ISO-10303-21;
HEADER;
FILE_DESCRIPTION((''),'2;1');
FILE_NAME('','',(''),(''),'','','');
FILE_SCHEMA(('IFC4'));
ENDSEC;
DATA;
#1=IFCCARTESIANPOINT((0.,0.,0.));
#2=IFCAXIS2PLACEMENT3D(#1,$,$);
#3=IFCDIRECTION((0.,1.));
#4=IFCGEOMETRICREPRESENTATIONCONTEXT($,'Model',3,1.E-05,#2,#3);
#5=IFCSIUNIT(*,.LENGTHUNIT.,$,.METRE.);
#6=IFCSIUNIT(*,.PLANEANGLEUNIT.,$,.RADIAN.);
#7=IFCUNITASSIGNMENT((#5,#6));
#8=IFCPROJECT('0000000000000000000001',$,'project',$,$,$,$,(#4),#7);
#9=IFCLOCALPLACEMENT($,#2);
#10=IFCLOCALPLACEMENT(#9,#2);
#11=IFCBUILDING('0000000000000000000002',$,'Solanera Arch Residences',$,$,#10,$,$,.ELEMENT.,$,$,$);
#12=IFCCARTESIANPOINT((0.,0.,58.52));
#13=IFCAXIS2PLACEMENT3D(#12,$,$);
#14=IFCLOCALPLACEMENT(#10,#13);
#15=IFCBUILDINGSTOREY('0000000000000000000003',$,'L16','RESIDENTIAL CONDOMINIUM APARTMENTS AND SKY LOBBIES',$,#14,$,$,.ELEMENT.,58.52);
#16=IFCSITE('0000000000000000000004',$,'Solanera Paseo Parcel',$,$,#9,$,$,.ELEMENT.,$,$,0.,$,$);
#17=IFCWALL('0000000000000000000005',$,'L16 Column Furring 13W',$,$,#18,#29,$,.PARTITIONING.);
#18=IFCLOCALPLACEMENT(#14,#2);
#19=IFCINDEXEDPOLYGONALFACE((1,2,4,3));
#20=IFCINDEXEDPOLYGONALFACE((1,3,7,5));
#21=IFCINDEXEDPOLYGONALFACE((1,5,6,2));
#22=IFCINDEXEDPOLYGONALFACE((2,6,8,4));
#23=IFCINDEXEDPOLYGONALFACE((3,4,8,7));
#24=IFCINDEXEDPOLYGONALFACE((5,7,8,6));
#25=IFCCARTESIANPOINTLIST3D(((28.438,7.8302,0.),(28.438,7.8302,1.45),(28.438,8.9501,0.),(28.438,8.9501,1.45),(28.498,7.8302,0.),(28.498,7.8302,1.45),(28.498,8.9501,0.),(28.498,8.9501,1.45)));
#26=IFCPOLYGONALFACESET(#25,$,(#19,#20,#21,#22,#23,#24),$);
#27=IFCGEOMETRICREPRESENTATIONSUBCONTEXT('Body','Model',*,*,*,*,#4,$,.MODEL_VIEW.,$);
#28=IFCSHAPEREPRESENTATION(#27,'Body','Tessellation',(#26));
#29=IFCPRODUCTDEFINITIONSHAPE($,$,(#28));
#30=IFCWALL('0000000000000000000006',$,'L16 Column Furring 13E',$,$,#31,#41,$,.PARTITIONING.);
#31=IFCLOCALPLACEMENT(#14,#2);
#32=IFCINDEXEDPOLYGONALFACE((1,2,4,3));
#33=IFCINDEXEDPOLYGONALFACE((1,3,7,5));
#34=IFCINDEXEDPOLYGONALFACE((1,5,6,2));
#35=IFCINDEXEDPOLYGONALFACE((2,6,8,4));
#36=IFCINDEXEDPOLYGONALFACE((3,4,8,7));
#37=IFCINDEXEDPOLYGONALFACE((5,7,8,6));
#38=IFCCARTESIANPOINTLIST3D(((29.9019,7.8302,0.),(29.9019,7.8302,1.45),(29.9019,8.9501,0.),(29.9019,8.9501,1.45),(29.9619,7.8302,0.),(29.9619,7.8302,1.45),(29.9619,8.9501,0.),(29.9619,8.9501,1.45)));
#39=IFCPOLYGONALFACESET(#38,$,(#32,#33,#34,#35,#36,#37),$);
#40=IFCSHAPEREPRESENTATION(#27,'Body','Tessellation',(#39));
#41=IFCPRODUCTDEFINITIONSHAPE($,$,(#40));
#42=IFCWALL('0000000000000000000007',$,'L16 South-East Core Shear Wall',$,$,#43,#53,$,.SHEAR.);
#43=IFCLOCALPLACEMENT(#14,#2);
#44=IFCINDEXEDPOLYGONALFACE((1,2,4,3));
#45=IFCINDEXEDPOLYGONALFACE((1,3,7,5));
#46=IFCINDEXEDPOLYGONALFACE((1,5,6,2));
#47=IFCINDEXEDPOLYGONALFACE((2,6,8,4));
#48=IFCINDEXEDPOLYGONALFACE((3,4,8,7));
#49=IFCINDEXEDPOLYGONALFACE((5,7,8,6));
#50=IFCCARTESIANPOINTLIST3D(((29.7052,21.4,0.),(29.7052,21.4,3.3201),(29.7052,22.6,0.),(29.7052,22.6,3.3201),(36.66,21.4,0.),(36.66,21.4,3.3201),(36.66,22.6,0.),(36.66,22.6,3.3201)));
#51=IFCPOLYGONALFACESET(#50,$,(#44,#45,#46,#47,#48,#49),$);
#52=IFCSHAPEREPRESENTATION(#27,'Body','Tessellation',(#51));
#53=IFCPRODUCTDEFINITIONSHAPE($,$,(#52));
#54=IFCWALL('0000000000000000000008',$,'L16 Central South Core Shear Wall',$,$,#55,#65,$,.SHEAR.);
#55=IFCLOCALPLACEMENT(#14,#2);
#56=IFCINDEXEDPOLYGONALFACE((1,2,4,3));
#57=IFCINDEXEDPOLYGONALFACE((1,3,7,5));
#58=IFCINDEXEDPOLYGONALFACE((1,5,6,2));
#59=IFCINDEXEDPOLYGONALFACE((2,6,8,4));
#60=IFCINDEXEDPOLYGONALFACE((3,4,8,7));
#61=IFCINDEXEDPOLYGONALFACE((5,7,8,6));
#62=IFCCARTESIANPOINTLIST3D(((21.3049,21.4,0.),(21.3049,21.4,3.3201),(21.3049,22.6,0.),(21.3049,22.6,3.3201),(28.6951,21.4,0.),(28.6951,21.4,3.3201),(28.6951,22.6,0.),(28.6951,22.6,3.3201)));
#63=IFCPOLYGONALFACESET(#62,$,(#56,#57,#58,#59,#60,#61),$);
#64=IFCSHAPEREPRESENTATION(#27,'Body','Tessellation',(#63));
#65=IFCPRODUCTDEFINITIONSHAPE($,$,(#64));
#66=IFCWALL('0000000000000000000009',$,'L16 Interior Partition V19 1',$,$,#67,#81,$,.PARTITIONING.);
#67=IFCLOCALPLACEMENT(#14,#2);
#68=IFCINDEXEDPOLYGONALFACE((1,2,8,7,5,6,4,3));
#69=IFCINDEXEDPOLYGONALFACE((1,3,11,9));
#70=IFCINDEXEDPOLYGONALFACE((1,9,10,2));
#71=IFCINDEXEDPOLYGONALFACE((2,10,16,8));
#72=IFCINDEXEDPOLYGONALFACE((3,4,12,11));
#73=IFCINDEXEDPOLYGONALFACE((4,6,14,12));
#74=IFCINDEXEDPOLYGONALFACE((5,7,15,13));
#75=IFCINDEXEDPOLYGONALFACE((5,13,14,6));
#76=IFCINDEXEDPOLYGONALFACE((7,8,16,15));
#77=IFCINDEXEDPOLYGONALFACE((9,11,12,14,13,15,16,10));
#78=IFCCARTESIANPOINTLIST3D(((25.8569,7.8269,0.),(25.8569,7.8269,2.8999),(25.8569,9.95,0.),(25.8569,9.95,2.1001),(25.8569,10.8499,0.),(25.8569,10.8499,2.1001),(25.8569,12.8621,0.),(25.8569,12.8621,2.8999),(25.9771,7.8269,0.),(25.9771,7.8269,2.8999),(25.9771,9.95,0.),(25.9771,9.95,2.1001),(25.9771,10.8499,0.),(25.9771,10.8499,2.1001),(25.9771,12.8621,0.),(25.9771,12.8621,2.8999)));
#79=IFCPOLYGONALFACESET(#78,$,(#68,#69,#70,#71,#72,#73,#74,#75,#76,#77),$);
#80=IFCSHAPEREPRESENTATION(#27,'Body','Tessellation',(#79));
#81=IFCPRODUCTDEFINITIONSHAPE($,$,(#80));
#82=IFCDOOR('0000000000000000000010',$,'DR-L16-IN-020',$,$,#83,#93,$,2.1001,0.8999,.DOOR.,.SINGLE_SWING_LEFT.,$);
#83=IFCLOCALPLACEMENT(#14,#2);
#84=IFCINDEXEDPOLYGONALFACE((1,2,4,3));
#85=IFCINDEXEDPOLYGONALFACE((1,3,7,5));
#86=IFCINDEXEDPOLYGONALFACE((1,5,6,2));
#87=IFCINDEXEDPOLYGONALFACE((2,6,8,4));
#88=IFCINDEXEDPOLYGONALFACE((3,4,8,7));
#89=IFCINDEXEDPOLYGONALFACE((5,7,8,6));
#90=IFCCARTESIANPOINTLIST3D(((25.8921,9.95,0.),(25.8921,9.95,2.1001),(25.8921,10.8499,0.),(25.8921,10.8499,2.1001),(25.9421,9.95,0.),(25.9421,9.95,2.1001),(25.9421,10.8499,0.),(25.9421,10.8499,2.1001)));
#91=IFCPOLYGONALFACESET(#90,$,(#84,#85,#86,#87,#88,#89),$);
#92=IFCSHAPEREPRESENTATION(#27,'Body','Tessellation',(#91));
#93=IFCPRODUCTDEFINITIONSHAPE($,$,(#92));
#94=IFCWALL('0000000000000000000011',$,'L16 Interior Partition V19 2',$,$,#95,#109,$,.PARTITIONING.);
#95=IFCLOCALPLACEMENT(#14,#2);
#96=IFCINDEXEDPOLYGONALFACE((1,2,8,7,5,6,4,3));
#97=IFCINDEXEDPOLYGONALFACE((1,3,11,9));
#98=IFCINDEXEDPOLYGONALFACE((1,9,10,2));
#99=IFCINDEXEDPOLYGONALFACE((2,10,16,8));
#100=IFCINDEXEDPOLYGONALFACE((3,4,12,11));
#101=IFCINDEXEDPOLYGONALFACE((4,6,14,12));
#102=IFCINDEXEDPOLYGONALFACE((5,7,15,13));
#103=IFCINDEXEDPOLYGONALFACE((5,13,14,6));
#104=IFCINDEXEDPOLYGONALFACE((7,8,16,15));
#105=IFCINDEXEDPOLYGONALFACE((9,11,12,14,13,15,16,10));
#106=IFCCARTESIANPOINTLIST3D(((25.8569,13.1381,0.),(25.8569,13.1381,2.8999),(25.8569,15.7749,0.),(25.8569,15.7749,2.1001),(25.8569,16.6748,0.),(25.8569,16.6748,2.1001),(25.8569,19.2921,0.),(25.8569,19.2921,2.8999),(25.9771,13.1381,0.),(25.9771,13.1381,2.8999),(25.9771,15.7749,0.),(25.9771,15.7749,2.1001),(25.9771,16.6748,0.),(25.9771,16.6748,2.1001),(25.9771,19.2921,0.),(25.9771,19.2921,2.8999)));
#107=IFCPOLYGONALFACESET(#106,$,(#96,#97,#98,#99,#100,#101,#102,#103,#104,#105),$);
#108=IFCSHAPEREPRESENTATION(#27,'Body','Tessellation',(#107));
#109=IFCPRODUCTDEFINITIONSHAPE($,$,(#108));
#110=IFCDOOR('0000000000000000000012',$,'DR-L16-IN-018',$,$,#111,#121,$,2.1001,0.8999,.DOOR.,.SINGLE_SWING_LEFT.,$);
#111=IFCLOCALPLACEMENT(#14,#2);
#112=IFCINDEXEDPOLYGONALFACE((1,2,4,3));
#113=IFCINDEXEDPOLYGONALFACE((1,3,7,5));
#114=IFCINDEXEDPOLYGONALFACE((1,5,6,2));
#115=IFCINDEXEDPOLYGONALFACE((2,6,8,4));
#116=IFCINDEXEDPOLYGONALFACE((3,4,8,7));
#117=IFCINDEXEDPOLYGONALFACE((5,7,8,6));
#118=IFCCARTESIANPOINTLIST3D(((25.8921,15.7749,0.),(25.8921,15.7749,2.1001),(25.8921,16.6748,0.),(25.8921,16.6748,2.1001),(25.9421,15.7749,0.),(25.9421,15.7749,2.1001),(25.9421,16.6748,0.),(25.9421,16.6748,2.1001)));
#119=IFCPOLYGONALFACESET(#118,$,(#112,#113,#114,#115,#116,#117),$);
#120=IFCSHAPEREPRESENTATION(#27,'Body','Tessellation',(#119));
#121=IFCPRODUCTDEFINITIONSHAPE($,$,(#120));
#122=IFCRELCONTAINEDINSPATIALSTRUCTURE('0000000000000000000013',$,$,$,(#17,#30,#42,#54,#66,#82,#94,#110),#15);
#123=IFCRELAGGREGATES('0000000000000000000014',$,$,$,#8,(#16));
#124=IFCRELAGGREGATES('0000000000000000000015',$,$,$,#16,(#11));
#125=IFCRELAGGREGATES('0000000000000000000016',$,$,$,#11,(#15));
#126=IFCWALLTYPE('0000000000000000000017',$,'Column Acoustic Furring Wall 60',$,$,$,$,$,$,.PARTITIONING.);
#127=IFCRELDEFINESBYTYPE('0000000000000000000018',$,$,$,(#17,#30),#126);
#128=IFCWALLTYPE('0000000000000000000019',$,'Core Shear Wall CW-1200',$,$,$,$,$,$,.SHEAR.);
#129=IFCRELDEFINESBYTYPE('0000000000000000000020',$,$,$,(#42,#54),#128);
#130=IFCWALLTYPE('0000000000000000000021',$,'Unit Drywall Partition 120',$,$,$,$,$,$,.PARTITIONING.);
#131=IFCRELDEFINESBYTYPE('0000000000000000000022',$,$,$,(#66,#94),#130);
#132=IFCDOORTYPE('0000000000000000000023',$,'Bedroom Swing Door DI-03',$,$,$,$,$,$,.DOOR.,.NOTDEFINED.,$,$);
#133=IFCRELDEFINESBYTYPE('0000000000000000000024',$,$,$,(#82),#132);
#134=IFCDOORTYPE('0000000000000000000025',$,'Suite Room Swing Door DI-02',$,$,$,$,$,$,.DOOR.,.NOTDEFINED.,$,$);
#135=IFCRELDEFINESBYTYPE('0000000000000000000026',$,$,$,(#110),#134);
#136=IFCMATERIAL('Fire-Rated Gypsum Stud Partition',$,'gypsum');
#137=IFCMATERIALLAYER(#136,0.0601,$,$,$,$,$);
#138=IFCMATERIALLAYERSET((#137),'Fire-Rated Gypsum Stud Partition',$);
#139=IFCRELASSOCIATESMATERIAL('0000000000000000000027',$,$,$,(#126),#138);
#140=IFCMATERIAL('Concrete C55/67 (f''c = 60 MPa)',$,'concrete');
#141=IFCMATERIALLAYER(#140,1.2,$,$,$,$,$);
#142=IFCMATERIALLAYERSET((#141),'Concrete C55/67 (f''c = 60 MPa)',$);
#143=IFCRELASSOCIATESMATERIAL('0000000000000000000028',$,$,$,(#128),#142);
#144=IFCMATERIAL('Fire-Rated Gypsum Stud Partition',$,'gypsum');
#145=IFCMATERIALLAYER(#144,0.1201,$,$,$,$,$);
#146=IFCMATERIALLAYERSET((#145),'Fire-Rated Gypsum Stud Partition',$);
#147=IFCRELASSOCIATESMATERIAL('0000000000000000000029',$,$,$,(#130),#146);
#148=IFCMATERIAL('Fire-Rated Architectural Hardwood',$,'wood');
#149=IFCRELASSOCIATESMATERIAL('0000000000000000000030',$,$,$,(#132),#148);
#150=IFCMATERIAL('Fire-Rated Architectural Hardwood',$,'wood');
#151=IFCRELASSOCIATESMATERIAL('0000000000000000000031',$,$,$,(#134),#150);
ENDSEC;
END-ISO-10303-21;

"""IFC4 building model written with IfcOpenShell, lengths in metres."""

from ifc_helpers import new_model, si_unit, direction, frame, frame_2d, origin, place, context, subcontext, project, spatial, rectangle, extrude, material, layer, layer_set, type_object, element, fill, save


model = new_model("IFC4")

# Units and contexts
model_context = context("Model", 3, precision=1e-05, world=origin(), true_north=direction((0.0, 1.0)))
body_context = subcontext(model_context, "Body", "Model", "MODEL_VIEW")
ifc_project = project(units=[si_unit("LENGTHUNIT", "METRE"), si_unit("PLANEANGLEUNIT", "RADIAN")], contexts=[model_context])

# Site, building, storey
site_placement = place(None, origin())
site = spatial("IfcSite", under=ifc_project, at=site_placement, Name="Solanera Paseo Parcel", CompositionType="ELEMENT", RefElevation=0.0)
building_placement = place(site_placement, origin())
building = spatial("IfcBuilding", under=site, at=building_placement, Name="Solanera Arch Residences", CompositionType="ELEMENT")
storey_placement = place(building_placement, frame((0.0, 0.0, 58.52)))
storey = spatial("IfcBuildingStorey", under=building, at=storey_placement, Name="L16", Description="RESIDENTIAL CONDOMINIUM APARTMENTS AND SKY LOBBIES", CompositionType="ELEMENT", Elevation=58.52)

# Walls
ifc_material_1 = material(Name="Fire-Rated Gypsum Stud Partition", Category="gypsum")
ifc_layer_1 = layer(ifc_material_1, 0.0601)
ifc_layer_set_1 = layer_set([ifc_layer_1], Name="Fire-Rated Gypsum Stud Partition")
wall_type_1 = type_object("IfcWallType", Name="Column Acoustic Furring Wall 60", PredefinedType="PARTITIONING", material=ifc_layer_set_1)
for number, where, z_axis, x_axis, name in (
    (1, (28.468, 7.8301, 0.0), (0.0, 0.0, 1.0), (0.0, 1.0, 0.0), "L16 Column Furring 13W"),
    (2, (29.9319, 7.8301, 0.0), (0.0, 0.0, 1.0), (0.0, 1.0, 0.0), "L16 Column Furring 13E"),
):
    element("IfcWall", number, at=place(storey_placement, frame(where, z_axis=z_axis, x_axis=x_axis)), inside=storey, type_object=wall_type_1, Name=name, PredefinedType="PARTITIONING", context=body_context, shape_type="SweptSolid", body=[
        extrude(rectangle(XDim=1.1199, YDim=0.0601, at=frame_2d((0.5601, 0.0))), origin(), (0.0, 0.0, 1.0), 1.45),
    ])
ifc_material_2 = material(Name="Concrete C55/67 (f'c = 60 MPa)", Category="concrete")
ifc_layer_2 = layer(ifc_material_2, 1.2)
ifc_layer_set_2 = layer_set([ifc_layer_2], Name="Concrete C55/67 (f'c = 60 MPa)")
wall_type_2 = type_object("IfcWallType", Name="Core Shear Wall CW-1200", PredefinedType="SHEAR", material=ifc_layer_set_2)
wall_1_placement = place(storey_placement, frame((29.7051, 22.0, 0.0), z_axis=(0.0, 0.0, 1.0), x_axis=(1.0, 0.0, 0.0)))
element("IfcWall", 3, at=wall_1_placement, inside=storey, type_object=wall_type_2, Name="L16 South-East Core Shear Wall", PredefinedType="SHEAR", context=body_context, shape_type="SweptSolid", body=[
    extrude(rectangle(XDim=6.9548, YDim=1.2, at=frame_2d((3.4775, 0.0))), origin(), (0.0, 0.0, 1.0), 3.3201),
])
wall_2_placement = place(storey_placement, frame((21.3049, 22.0, 0.0), z_axis=(0.0, 0.0, 1.0), x_axis=(1.0, 0.0, 0.0)))
element("IfcWall", 4, at=wall_2_placement, inside=storey, type_object=wall_type_2, Name="L16 Central South Core Shear Wall", PredefinedType="SHEAR", context=body_context, shape_type="SweptSolid", body=[
    extrude(rectangle(XDim=7.3901, YDim=1.2, at=frame_2d((3.6951, 0.0))), origin(), (0.0, 0.0, 1.0), 3.3201),
])

# Walls, openings, doors
ifc_material_3 = material(Name="Fire-Rated Gypsum Stud Partition", Category="gypsum")
ifc_layer_3 = layer(ifc_material_3, 0.1201)
ifc_layer_set_3 = layer_set([ifc_layer_3], Name="Fire-Rated Gypsum Stud Partition")
wall_type_3 = type_object("IfcWallType", Name="Unit Drywall Partition 120", PredefinedType="PARTITIONING", material=ifc_layer_set_3)
wall_3_placement = place(storey_placement, frame((25.917, 7.8269, 0.0), z_axis=(0.0, 0.0, 1.0), x_axis=(0.0, 1.0, 0.0)))
wall_3 = element("IfcWall", 5, at=wall_3_placement, inside=storey, type_object=wall_type_3, Name="L16 Interior Partition V19 1", PredefinedType="PARTITIONING", context=body_context, shape_type="SweptSolid", body=[
    extrude(rectangle(XDim=5.0352, YDim=0.1201, at=frame_2d((2.5176, 0.0))), origin(), (0.0, 0.0, 1.0), 2.8999),
])
opening_1_placement = place(wall_3_placement, frame((2.123, 0.0, 0.0)))
opening_1 = element("IfcOpeningElement", 6, at=opening_1_placement, cuts=wall_3, PredefinedType="OPENING", context=body_context, shape_type="SweptSolid", body=[
    extrude(rectangle(XDim=0.8999, YDim=2.1001, at=frame_2d((0.45, 1.05))), frame((0.0, 0.0701, 0.0), z_axis=(0.0, -1.0, 0.0), x_axis=(1.0, 0.0, 0.0)), (0.0, 0.0, 1.0), 0.1401),
])
ifc_material_4 = material(Name="Fire-Rated Architectural Hardwood", Category="wood")
door_type_1 = type_object("IfcDoorType", Name="Bedroom Swing Door DI-03", OperationType="NOTDEFINED", PredefinedType="DOOR", material=ifc_material_4)
door_1_placement = place(opening_1_placement, origin())
door_1 = element("IfcDoor", 7, at=door_1_placement, inside=storey, type_object=door_type_1, Name="DR-L16-IN-020", OperationType="SINGLE_SWING_LEFT", OverallHeight=2.1001, OverallWidth=0.8999, PredefinedType="DOOR", context=body_context, shape_type="SweptSolid", body=[
    extrude(rectangle(XDim=0.8999, YDim=2.1001, at=frame_2d((0.45, 1.05))), frame((0.0, 0.0249, 0.0), z_axis=(0.0, -1.0, 0.0), x_axis=(1.0, 0.0, 0.0)), (0.0, 0.0, 1.0), 0.05),
])
fill(opening_1, door_1)
wall_4_placement = place(storey_placement, frame((25.917, 13.1379, 0.0), z_axis=(0.0, 0.0, 1.0), x_axis=(0.0, 1.0, 0.0)))
wall_4 = element("IfcWall", 8, at=wall_4_placement, inside=storey, type_object=wall_type_3, Name="L16 Interior Partition V19 2", PredefinedType="PARTITIONING", context=body_context, shape_type="SweptSolid", body=[
    extrude(rectangle(XDim=6.1541, YDim=0.1201, at=frame_2d((3.0771, 0.0))), origin(), (0.0, 0.0, 1.0), 2.8999),
])
opening_2_placement = place(wall_4_placement, frame((2.637, 0.0, 0.0)))
opening_2 = element("IfcOpeningElement", 9, at=opening_2_placement, cuts=wall_4, PredefinedType="OPENING", context=body_context, shape_type="SweptSolid", body=[
    extrude(rectangle(XDim=0.8999, YDim=2.1001, at=frame_2d((0.45, 1.05))), frame((0.0, 0.0701, 0.0), z_axis=(0.0, -1.0, 0.0), x_axis=(1.0, 0.0, 0.0)), (0.0, 0.0, 1.0), 0.1401),
])
ifc_material_5 = material(Name="Fire-Rated Architectural Hardwood", Category="wood")
door_type_2 = type_object("IfcDoorType", Name="Suite Room Swing Door DI-02", OperationType="NOTDEFINED", PredefinedType="DOOR", material=ifc_material_5)
door_2_placement = place(opening_2_placement, origin())
door_2 = element("IfcDoor", 10, at=door_2_placement, inside=storey, type_object=door_type_2, Name="DR-L16-IN-018", OperationType="SINGLE_SWING_LEFT", OverallHeight=2.1001, OverallWidth=0.8999, PredefinedType="DOOR", context=body_context, shape_type="SweptSolid", body=[
    extrude(rectangle(XDim=0.8999, YDim=2.1001, at=frame_2d((0.45, 1.05))), frame((0.0, 0.0249, 0.0), z_axis=(0.0, -1.0, 0.0), x_axis=(1.0, 0.0, 0.0)), (0.0, 0.0, 1.0), 0.05),
])
fill(opening_2, door_2)

save(model, "model.ifc")
